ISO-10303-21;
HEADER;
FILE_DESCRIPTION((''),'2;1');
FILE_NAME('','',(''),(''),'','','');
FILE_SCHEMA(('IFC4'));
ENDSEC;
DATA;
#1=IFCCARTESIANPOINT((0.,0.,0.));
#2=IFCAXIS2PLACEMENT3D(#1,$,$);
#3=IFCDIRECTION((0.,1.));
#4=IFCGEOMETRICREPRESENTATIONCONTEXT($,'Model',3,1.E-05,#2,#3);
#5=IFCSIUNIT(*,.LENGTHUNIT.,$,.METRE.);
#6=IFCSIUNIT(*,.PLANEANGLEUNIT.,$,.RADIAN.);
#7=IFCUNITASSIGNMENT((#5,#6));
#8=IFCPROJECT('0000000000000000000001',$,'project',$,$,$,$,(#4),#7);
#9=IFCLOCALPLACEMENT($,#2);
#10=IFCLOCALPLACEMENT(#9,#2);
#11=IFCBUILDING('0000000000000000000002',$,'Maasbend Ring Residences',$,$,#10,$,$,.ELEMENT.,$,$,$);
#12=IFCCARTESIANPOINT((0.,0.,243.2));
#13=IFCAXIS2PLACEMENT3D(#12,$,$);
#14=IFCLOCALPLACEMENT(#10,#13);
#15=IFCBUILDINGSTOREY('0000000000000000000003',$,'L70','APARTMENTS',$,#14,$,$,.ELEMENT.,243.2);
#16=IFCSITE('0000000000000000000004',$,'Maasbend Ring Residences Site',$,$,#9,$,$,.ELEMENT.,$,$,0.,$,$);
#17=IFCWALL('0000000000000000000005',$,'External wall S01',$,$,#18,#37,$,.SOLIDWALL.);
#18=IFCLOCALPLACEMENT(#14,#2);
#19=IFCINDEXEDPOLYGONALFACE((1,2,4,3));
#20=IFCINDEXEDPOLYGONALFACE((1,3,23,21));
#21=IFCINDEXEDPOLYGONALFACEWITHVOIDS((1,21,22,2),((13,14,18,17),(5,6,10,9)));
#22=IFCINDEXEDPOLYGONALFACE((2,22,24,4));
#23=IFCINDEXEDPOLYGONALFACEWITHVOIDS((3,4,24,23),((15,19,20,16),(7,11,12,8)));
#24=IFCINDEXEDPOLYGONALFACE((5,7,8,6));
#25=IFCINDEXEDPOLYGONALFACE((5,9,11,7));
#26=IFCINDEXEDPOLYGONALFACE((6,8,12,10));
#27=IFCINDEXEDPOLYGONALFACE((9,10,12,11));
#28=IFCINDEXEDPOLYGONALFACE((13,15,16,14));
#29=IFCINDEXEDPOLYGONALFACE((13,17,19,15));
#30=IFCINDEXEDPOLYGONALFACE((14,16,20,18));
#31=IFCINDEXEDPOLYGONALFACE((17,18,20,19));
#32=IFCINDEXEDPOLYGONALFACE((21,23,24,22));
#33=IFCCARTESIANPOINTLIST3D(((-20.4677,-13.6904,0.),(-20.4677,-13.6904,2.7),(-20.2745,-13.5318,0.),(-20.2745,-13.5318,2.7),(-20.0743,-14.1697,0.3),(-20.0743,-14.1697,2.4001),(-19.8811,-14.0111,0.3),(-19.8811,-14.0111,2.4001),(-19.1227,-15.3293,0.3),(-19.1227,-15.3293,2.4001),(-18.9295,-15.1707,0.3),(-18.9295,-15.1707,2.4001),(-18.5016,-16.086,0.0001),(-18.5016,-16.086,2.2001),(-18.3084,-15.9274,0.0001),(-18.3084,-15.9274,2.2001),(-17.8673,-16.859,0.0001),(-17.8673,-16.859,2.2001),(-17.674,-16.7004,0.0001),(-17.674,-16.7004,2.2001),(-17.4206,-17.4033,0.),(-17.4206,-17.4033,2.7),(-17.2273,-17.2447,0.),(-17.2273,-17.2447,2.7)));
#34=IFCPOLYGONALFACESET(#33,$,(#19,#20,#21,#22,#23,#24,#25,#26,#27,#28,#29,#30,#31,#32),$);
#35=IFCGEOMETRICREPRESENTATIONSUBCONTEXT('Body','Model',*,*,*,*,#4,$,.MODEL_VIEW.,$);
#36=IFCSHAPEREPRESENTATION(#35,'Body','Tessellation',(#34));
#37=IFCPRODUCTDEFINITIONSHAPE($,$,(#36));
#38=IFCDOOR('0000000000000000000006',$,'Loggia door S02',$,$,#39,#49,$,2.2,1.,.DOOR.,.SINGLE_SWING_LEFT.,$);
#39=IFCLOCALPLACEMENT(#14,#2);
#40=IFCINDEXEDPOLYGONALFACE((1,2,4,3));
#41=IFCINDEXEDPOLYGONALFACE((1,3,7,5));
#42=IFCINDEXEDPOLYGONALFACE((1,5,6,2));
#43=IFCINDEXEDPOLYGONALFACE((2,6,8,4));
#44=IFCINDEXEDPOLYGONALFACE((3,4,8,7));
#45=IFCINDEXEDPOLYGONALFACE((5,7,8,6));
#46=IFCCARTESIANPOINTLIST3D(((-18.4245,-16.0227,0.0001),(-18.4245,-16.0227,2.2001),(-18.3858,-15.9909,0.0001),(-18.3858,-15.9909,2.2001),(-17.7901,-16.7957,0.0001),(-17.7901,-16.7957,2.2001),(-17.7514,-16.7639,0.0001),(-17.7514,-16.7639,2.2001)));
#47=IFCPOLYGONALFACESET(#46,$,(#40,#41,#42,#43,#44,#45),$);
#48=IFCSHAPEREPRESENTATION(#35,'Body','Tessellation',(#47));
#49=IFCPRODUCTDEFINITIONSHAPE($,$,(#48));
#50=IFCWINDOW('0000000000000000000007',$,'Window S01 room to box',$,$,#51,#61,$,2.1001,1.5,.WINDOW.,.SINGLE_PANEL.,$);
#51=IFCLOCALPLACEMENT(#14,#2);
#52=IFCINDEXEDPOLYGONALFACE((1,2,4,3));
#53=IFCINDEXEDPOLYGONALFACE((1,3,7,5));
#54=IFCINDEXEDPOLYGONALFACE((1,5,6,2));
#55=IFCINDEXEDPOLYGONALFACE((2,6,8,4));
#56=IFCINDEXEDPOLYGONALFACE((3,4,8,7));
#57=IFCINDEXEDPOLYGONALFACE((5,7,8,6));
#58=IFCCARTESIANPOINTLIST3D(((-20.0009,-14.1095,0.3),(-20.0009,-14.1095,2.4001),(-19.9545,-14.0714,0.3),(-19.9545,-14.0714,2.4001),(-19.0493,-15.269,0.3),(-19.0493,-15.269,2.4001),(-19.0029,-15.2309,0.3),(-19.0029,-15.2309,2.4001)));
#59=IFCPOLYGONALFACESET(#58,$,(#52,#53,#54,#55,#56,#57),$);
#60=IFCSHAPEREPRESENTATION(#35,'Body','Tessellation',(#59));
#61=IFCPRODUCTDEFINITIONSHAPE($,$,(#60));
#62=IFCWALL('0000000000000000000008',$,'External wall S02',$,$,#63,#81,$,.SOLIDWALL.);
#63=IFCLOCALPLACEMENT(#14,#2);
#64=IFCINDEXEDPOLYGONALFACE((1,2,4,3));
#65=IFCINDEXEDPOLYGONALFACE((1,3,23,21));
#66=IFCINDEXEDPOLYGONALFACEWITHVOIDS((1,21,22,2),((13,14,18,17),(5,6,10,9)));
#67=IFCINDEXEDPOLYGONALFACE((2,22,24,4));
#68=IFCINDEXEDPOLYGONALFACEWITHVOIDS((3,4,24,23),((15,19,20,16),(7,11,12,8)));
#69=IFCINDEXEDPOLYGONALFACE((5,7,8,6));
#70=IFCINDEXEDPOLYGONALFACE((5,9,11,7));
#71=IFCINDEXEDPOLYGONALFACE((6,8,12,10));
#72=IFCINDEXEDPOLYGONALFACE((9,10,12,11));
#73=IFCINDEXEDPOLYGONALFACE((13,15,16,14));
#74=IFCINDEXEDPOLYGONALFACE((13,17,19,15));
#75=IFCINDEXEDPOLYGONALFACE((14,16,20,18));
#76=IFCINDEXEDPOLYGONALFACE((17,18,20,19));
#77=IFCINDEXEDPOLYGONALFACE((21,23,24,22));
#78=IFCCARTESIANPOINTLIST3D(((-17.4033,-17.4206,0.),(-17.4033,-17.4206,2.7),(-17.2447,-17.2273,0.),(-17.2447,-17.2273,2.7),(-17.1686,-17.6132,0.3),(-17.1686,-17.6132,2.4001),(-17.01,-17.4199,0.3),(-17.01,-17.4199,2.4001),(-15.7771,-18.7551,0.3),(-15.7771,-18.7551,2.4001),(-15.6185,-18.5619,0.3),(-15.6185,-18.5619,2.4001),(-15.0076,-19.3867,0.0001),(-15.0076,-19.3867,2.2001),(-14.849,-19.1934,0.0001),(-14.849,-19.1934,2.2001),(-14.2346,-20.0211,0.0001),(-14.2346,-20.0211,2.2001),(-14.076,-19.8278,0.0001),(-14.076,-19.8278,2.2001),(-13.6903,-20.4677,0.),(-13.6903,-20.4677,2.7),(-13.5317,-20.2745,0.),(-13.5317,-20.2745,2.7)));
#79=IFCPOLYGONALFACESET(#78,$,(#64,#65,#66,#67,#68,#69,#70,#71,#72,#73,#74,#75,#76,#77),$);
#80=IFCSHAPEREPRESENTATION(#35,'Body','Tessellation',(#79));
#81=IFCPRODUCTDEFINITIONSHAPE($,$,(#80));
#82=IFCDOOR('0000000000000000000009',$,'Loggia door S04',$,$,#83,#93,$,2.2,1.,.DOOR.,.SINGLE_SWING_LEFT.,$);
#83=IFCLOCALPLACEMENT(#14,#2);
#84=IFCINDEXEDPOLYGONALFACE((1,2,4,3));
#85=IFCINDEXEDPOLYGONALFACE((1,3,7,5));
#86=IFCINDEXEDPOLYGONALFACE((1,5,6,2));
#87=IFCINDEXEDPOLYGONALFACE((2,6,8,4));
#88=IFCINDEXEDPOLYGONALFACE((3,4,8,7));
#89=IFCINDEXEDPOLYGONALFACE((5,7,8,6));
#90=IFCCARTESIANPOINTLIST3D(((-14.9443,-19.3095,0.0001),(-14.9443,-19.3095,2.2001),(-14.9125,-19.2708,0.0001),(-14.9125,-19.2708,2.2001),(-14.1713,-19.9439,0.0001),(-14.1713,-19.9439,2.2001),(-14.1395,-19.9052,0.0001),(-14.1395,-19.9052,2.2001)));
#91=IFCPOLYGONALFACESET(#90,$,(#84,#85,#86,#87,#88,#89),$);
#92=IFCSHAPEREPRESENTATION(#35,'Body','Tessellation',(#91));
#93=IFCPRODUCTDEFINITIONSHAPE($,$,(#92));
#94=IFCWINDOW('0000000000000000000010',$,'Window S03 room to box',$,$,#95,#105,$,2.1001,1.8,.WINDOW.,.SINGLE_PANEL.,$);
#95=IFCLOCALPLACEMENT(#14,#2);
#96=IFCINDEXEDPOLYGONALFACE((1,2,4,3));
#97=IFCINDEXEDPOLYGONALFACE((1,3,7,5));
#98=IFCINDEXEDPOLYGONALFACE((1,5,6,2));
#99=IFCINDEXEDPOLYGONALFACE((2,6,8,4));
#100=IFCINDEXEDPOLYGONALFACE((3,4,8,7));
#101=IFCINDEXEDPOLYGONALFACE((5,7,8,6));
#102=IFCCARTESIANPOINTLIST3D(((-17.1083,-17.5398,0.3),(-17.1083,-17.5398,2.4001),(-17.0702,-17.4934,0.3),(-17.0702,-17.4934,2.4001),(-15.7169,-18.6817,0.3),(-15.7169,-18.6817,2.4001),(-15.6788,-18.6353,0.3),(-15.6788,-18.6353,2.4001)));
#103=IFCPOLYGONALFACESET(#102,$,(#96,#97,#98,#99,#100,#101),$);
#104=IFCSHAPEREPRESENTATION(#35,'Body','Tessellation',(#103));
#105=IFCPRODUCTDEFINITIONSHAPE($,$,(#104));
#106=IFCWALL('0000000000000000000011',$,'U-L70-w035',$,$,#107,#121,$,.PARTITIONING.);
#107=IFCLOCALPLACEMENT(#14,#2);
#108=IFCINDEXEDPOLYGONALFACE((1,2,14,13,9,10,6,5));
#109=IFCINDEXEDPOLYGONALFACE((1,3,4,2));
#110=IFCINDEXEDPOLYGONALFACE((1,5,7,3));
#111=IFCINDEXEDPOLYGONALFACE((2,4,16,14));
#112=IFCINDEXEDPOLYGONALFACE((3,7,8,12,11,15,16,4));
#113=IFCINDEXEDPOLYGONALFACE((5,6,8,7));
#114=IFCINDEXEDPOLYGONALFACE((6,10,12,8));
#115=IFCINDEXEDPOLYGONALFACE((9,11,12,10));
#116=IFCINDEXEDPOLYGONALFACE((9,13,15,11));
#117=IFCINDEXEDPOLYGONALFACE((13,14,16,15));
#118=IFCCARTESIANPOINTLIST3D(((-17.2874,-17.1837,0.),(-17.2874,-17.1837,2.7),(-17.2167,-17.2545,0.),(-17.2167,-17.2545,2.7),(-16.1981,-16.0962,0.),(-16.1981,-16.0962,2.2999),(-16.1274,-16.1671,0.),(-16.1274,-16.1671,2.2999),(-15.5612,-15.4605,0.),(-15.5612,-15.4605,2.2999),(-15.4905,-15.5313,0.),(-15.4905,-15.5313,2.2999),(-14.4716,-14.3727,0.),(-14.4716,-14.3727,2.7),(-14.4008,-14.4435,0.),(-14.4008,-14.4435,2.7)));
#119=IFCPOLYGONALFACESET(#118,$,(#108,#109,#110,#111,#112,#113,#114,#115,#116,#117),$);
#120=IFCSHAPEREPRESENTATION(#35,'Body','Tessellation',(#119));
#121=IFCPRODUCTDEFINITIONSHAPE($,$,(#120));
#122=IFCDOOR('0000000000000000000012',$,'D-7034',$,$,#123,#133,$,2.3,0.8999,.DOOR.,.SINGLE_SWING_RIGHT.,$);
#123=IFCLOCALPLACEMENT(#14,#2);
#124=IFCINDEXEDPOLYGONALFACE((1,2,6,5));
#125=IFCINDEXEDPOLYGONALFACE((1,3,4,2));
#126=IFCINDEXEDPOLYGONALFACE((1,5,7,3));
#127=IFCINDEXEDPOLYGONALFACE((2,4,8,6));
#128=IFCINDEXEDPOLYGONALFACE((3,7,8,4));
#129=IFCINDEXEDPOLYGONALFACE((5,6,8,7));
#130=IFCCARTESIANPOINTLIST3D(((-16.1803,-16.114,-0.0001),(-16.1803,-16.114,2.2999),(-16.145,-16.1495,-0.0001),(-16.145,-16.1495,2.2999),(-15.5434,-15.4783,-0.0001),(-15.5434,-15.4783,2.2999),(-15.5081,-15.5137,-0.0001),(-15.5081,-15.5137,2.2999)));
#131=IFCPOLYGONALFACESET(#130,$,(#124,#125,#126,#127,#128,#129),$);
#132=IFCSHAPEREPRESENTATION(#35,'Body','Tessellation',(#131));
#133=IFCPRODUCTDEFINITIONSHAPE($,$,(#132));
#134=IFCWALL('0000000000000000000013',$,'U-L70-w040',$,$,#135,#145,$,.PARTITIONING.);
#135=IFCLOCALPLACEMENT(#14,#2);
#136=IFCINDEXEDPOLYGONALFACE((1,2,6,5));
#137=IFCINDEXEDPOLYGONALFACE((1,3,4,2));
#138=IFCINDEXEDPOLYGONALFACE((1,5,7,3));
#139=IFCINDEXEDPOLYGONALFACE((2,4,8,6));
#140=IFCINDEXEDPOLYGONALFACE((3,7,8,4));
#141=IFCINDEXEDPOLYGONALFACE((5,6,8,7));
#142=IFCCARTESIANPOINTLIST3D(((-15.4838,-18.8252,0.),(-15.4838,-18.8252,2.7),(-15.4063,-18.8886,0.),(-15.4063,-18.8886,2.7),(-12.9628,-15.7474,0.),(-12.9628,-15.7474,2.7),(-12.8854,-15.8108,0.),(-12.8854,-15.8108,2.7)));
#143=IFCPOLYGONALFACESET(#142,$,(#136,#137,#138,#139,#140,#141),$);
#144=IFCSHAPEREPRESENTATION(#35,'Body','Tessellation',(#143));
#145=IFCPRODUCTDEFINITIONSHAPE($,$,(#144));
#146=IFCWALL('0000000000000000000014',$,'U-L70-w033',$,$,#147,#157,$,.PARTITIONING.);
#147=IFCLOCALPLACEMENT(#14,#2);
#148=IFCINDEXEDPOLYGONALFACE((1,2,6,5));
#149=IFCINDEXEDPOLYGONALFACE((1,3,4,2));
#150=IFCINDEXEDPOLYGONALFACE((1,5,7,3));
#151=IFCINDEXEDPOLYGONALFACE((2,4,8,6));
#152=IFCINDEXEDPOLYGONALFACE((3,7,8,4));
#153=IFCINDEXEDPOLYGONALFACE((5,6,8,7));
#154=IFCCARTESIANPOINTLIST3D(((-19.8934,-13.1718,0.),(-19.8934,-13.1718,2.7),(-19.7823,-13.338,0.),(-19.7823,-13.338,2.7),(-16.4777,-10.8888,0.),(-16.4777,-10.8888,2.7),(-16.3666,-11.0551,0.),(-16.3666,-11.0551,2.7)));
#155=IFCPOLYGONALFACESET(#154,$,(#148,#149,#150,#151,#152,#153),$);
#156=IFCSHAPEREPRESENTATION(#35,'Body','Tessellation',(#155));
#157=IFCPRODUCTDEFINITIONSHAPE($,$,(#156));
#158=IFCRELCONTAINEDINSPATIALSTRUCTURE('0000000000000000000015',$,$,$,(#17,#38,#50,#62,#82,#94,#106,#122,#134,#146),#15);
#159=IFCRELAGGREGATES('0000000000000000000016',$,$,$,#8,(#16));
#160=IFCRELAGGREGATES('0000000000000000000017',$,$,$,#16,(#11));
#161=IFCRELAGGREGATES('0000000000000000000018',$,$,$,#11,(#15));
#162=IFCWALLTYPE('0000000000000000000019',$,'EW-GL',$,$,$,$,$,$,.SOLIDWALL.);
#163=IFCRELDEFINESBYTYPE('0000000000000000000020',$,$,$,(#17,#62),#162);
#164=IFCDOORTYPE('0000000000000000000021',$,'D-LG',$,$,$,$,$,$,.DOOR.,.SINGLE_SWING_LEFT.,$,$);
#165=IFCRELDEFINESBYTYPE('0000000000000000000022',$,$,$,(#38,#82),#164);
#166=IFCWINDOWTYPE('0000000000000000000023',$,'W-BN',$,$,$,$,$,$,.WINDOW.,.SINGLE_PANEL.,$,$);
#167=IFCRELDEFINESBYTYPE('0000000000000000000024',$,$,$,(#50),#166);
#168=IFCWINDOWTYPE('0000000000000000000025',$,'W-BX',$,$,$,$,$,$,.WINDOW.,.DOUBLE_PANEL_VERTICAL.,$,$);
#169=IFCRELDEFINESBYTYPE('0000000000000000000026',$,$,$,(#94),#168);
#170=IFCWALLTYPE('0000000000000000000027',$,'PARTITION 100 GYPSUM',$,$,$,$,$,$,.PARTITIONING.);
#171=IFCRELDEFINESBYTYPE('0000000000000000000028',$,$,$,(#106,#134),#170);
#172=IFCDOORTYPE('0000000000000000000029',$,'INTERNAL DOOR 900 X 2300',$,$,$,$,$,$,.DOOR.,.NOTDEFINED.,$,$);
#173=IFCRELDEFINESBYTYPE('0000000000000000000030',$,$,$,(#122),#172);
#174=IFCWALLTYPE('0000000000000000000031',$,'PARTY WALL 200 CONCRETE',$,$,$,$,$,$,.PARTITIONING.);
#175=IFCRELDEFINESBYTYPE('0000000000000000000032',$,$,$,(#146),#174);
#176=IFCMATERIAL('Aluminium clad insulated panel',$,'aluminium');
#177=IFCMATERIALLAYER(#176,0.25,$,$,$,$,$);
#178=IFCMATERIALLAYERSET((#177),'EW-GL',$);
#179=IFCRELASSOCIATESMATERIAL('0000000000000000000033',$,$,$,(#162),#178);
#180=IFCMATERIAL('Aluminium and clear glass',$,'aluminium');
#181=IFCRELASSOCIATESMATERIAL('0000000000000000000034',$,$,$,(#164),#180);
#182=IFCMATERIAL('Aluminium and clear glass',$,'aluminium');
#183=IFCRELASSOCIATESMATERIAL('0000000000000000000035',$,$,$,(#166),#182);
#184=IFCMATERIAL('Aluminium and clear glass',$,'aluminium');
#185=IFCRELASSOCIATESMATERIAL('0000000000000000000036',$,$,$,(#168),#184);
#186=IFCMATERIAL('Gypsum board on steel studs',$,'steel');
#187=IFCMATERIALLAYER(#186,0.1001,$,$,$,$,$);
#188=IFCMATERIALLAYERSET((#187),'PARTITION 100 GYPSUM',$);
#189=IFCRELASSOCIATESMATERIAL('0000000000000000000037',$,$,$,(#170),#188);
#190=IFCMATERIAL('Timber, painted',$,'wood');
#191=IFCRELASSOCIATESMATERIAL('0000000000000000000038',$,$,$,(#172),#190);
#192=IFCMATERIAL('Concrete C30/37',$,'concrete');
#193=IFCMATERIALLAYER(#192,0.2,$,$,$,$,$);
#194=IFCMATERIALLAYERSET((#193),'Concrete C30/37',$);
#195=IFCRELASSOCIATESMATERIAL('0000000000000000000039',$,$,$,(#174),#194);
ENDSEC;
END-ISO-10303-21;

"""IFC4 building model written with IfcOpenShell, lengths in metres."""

from ifc_helpers import new_model, si_unit, direction, frame, frame_2d, origin, place, context, subcontext, project, spatial, rectangle, extrude, material, layer, layer_set, type_object, element, fill, save


model = new_model("IFC4")

# Units and contexts
model_context = context("Model", 3, precision=1e-05, world=origin(), true_north=direction((0.0, 1.0)))
body_context = subcontext(model_context, "Body", "Model", "MODEL_VIEW")
ifc_project = project(units=[si_unit("LENGTHUNIT", "METRE"), si_unit("PLANEANGLEUNIT", "RADIAN")], contexts=[model_context])

# Site, building, storey
site_placement = place(None, origin())
site = spatial("IfcSite", under=ifc_project, at=site_placement, Name="Maasbend Ring Residences Site", CompositionType="ELEMENT", RefElevation=0.0)
building_placement = place(site_placement, origin())
building = spatial("IfcBuilding", under=site, at=building_placement, Name="Maasbend Ring Residences", CompositionType="ELEMENT")
storey_placement = place(building_placement, frame((0.0, 0.0, 243.2)))
storey = spatial("IfcBuildingStorey", under=building, at=storey_placement, Name="L70", Description="APARTMENTS", CompositionType="ELEMENT", Elevation=243.2)

# Walls, openings, doors, windows
ifc_material_1 = material(Name="Aluminium clad insulated panel", Category="aluminium")
ifc_layer_1 = layer(ifc_material_1, 0.25)
ifc_layer_set_1 = layer_set([ifc_layer_1], Name="EW-GL")
wall_type_1 = type_object("IfcWallType", Name="EW-GL", PredefinedType="SOLIDWALL", material=ifc_layer_set_1)
wall_1_placement = place(storey_placement, frame((-20.3711, -13.6111, 0.0), z_axis=(0.0, 0.0, 1.0), x_axis=(0.634397, -0.773008, 0.0)))
wall_1 = element("IfcWall", 1, at=wall_1_placement, inside=storey, type_object=wall_type_1, Name="External wall S01", PredefinedType="SOLIDWALL", context=body_context, shape_type="SweptSolid", body=[
    extrude(rectangle(XDim=4.8032, YDim=0.25, at=frame_2d((2.4016, 0.0))), origin(), (0.0, 0.0, 1.0), 2.7),
])
opening_1_placement = place(wall_1_placement, frame((0.6201, 0.0, 0.3)))
opening_1 = element("IfcOpeningElement", 2, at=opening_1_placement, cuts=wall_1, PredefinedType="OPENING", context=body_context, shape_type="SweptSolid", body=[
    extrude(rectangle(XDim=1.5, YDim=2.1001, at=frame_2d((0.75, 1.05))), frame((0.0, 0.135, 0.0), z_axis=(0.0, -1.0, 0.0), x_axis=(1.0, 0.0, 0.0)), (0.0, 0.0, 1.0), 0.27),
])
opening_2_placement = place(wall_1_placement, frame((3.0991, 0.0, 0.0)))
opening_2 = element("IfcOpeningElement", 3, at=opening_2_placement, cuts=wall_1, PredefinedType="OPENING", context=body_context, shape_type="SweptSolid", body=[
    extrude(rectangle(XDim=1.0, YDim=2.2, at=frame_2d((0.5, 1.1001))), frame((0.0, 0.135, 0.0), z_axis=(0.0, -1.0, 0.0), x_axis=(1.0, 0.0, 0.0)), (0.0, 0.0, 1.0), 0.27),
])
ifc_material_2 = material(Name="Aluminium and clear glass", Category="aluminium")
door_type_1 = type_object("IfcDoorType", Name="D-LG", OperationType="SINGLE_SWING_LEFT", PredefinedType="DOOR", material=ifc_material_2)
door_1_placement = place(opening_2_placement, origin())
door_1 = element("IfcDoor", 4, at=door_1_placement, inside=storey, type_object=door_type_1, Name="Loggia door S02", OperationType="SINGLE_SWING_LEFT", OverallHeight=2.2, OverallWidth=1.0, PredefinedType="DOOR", context=body_context, shape_type="SweptSolid", body=[
    extrude(rectangle(XDim=1.0, YDim=2.2, at=frame_2d((0.5, 1.1001))), frame((0.0, 0.0249, 0.0), z_axis=(0.0, -1.0, 0.0), x_axis=(1.0, 0.0, 0.0)), (0.0, 0.0, 1.0), 0.05),
])
fill(opening_2, door_1)
ifc_material_3 = material(Name="Aluminium and clear glass", Category="aluminium")
window_type_1 = type_object("IfcWindowType", Name="W-BN", PartitioningType="SINGLE_PANEL", PredefinedType="WINDOW", material=ifc_material_3)
window_1_placement = place(opening_1_placement, origin())
window_1 = element("IfcWindow", 5, at=window_1_placement, inside=storey, type_object=window_type_1, Name="Window S01 room to box", OverallHeight=2.1001, OverallWidth=1.5, PartitioningType="SINGLE_PANEL", PredefinedType="WINDOW", context=body_context, shape_type="SweptSolid", body=[
    extrude(rectangle(XDim=1.5, YDim=2.1001, at=frame_2d((0.75, 1.05))), frame((0.0, 0.03, 0.0), z_axis=(0.0, -1.0, 0.0), x_axis=(1.0, 0.0, 0.0)), (0.0, 0.0, 1.0), 0.0601),
])
fill(opening_1, window_1)
wall_2_placement = place(storey_placement, frame((-17.324, -17.324, 0.0), z_axis=(0.0, 0.0, 1.0), x_axis=(0.773008, -0.634397, 0.0)))
wall_2 = element("IfcWall", 6, at=wall_2_placement, inside=storey, type_object=wall_type_1, Name="External wall S02", PredefinedType="SOLIDWALL", context=body_context, shape_type="SweptSolid", body=[
    extrude(rectangle(XDim=4.8032, YDim=0.25, at=frame_2d((2.4016, 0.0))), origin(), (0.0, 0.0, 1.0), 2.7),
])
opening_3_placement = place(wall_2_placement, frame((0.3037, 0.0, 0.3)))
opening_3 = element("IfcOpeningElement", 7, at=opening_3_placement, cuts=wall_2, PredefinedType="OPENING", context=body_context, shape_type="SweptSolid", body=[
    extrude(rectangle(XDim=1.8, YDim=2.1001, at=frame_2d((0.8999, 1.05))), frame((0.0, 0.135, 0.0), z_axis=(0.0, -1.0, 0.0), x_axis=(1.0, 0.0, 0.0)), (0.0, 0.0, 1.0), 0.27),
])
opening_4_placement = place(wall_2_placement, frame((3.0991, 0.0, 0.0)))
opening_4 = element("IfcOpeningElement", 8, at=opening_4_placement, cuts=wall_2, PredefinedType="OPENING", context=body_context, shape_type="SweptSolid", body=[
    extrude(rectangle(XDim=1.0, YDim=2.2, at=frame_2d((0.5, 1.1001))), frame((0.0, 0.135, 0.0), z_axis=(0.0, -1.0, 0.0), x_axis=(1.0, 0.0, 0.0)), (0.0, 0.0, 1.0), 0.27),
])
door_2_placement = place(opening_4_placement, origin())
door_2 = element("IfcDoor", 9, at=door_2_placement, inside=storey, type_object=door_type_1, Name="Loggia door S04", OperationType="SINGLE_SWING_LEFT", OverallHeight=2.2, OverallWidth=1.0, PredefinedType="DOOR", context=body_context, shape_type="SweptSolid", body=[
    extrude(rectangle(XDim=1.0, YDim=2.2, at=frame_2d((0.5, 1.1001))), frame((0.0, 0.0249, 0.0), z_axis=(0.0, -1.0, 0.0), x_axis=(1.0, 0.0, 0.0)), (0.0, 0.0, 1.0), 0.05),
])
fill(opening_4, door_2)
ifc_material_4 = material(Name="Aluminium and clear glass", Category="aluminium")
window_type_2 = type_object("IfcWindowType", Name="W-BX", PartitioningType="DOUBLE_PANEL_VERTICAL", PredefinedType="WINDOW", material=ifc_material_4)
window_2_placement = place(opening_3_placement, origin())
window_2 = element("IfcWindow", 10, at=window_2_placement, inside=storey, type_object=window_type_2, Name="Window S03 room to box", OverallHeight=2.1001, OverallWidth=1.8, PartitioningType="SINGLE_PANEL", PredefinedType="WINDOW", context=body_context, shape_type="SweptSolid", body=[
    extrude(rectangle(XDim=1.8, YDim=2.1001, at=frame_2d((0.8999, 1.05))), frame((0.0, 0.03, 0.0), z_axis=(0.0, -1.0, 0.0), x_axis=(1.0, 0.0, 0.0)), (0.0, 0.0, 1.0), 0.0601),
])
fill(opening_3, window_2)

# Wall, opening, door
ifc_material_5 = material(Name="Gypsum board on steel studs", Category="steel")
ifc_layer_2 = layer(ifc_material_5, 0.1001)
ifc_layer_set_2 = layer_set([ifc_layer_2], Name="PARTITION 100 GYPSUM")
wall_type_2 = type_object("IfcWallType", Name="PARTITION 100 GYPSUM", PredefinedType="PARTITIONING", material=ifc_layer_set_2)
wall_3_placement = place(storey_placement, frame((-17.252, -17.219, 0.0), z_axis=(0.0, 0.0, 1.0), x_axis=(0.70772, 0.706493, 0.0)))
wall_3 = element("IfcWall", 11, at=wall_3_placement, inside=storey, type_object=wall_type_2, Name="U-L70-w035", PredefinedType="PARTITIONING", context=body_context, shape_type="SweptSolid", body=[
    extrude(rectangle(XDim=3.9788, YDim=0.1001, at=frame_2d((1.9893, 0.0))), origin(), (0.0, 0.0, 1.0), 2.7),
])
opening_5_placement = place(wall_3_placement, frame((1.5391, 0.0, 0.0)))
opening_5 = element("IfcOpeningElement", 12, at=opening_5_placement, cuts=wall_3, PredefinedType="OPENING", context=body_context, shape_type="SweptSolid", body=[
    extrude(rectangle(XDim=0.8999, YDim=2.3, at=frame_2d((0.45, 1.1499))), frame((0.0, 0.0601, 0.0), z_axis=(0.0, -1.0, 0.0), x_axis=(1.0, 0.0, 0.0)), (0.0, 0.0, 1.0), 0.1201),
])
ifc_material_6 = material(Name="Timber, painted", Category="wood")
door_type_2 = type_object("IfcDoorType", Name="INTERNAL DOOR 900 X 2300", OperationType="NOTDEFINED", PredefinedType="DOOR", material=ifc_material_6)
door_3_placement = place(opening_5_placement, origin())
door_3 = element("IfcDoor", 13, at=door_3_placement, inside=storey, type_object=door_type_2, Name="D-7034", OperationType="SINGLE_SWING_RIGHT", OverallHeight=2.3, OverallWidth=0.8999, PredefinedType="DOOR", context=body_context, shape_type="SweptSolid", body=[
    extrude(rectangle(XDim=0.8999, YDim=2.3, at=frame_2d((0.45, 1.1499))), frame((0.0, 0.0249, 0.0), z_axis=(0.0, -1.0, 0.0), x_axis=(1.0, 0.0, 0.0)), (0.0, 0.0, 1.0), 0.05),
])
fill(opening_5, door_3)

# Walls
wall_4_placement = place(storey_placement, frame((-15.4451, -18.8569, 0.0), z_axis=(0.0, 0.0, 1.0), x_axis=(0.633649, 0.773621, 0.0)))
element("IfcWall", 14, at=wall_4_placement, inside=storey, type_object=wall_type_2, Name="U-L70-w040", PredefinedType="PARTITIONING", context=body_context, shape_type="SweptSolid", body=[
    extrude(rectangle(XDim=3.9785, YDim=0.1001, at=frame_2d((1.9893, 0.0))), origin(), (0.0, 0.0, 1.0), 2.7),
])
ifc_material_7 = material(Name="Concrete C30/37", Category="concrete")
ifc_layer_3 = layer(ifc_material_7, 0.2)
ifc_layer_set_3 = layer_set([ifc_layer_3], Name="Concrete C30/37")
wall_type_3 = type_object("IfcWallType", Name="PARTY WALL 200 CONCRETE", PredefinedType="PARTITIONING", material=ifc_layer_set_3)
wall_5_placement = place(storey_placement, frame((-19.8379, -13.2549, 0.0), z_axis=(0.0, 0.0, 1.0), x_axis=(0.831401, 0.555673, 0.0)))
element("IfcWall", 15, at=wall_5_placement, inside=storey, type_object=wall_type_3, Name="U-L70-w033", PredefinedType="PARTITIONING", context=body_context, shape_type="SweptSolid", body=[
    extrude(rectangle(XDim=4.1084, YDim=0.2, at=frame_2d((2.0542, 0.0))), origin(), (0.0, 0.0, 1.0), 2.7),
])

save(model, "model.ifc")
